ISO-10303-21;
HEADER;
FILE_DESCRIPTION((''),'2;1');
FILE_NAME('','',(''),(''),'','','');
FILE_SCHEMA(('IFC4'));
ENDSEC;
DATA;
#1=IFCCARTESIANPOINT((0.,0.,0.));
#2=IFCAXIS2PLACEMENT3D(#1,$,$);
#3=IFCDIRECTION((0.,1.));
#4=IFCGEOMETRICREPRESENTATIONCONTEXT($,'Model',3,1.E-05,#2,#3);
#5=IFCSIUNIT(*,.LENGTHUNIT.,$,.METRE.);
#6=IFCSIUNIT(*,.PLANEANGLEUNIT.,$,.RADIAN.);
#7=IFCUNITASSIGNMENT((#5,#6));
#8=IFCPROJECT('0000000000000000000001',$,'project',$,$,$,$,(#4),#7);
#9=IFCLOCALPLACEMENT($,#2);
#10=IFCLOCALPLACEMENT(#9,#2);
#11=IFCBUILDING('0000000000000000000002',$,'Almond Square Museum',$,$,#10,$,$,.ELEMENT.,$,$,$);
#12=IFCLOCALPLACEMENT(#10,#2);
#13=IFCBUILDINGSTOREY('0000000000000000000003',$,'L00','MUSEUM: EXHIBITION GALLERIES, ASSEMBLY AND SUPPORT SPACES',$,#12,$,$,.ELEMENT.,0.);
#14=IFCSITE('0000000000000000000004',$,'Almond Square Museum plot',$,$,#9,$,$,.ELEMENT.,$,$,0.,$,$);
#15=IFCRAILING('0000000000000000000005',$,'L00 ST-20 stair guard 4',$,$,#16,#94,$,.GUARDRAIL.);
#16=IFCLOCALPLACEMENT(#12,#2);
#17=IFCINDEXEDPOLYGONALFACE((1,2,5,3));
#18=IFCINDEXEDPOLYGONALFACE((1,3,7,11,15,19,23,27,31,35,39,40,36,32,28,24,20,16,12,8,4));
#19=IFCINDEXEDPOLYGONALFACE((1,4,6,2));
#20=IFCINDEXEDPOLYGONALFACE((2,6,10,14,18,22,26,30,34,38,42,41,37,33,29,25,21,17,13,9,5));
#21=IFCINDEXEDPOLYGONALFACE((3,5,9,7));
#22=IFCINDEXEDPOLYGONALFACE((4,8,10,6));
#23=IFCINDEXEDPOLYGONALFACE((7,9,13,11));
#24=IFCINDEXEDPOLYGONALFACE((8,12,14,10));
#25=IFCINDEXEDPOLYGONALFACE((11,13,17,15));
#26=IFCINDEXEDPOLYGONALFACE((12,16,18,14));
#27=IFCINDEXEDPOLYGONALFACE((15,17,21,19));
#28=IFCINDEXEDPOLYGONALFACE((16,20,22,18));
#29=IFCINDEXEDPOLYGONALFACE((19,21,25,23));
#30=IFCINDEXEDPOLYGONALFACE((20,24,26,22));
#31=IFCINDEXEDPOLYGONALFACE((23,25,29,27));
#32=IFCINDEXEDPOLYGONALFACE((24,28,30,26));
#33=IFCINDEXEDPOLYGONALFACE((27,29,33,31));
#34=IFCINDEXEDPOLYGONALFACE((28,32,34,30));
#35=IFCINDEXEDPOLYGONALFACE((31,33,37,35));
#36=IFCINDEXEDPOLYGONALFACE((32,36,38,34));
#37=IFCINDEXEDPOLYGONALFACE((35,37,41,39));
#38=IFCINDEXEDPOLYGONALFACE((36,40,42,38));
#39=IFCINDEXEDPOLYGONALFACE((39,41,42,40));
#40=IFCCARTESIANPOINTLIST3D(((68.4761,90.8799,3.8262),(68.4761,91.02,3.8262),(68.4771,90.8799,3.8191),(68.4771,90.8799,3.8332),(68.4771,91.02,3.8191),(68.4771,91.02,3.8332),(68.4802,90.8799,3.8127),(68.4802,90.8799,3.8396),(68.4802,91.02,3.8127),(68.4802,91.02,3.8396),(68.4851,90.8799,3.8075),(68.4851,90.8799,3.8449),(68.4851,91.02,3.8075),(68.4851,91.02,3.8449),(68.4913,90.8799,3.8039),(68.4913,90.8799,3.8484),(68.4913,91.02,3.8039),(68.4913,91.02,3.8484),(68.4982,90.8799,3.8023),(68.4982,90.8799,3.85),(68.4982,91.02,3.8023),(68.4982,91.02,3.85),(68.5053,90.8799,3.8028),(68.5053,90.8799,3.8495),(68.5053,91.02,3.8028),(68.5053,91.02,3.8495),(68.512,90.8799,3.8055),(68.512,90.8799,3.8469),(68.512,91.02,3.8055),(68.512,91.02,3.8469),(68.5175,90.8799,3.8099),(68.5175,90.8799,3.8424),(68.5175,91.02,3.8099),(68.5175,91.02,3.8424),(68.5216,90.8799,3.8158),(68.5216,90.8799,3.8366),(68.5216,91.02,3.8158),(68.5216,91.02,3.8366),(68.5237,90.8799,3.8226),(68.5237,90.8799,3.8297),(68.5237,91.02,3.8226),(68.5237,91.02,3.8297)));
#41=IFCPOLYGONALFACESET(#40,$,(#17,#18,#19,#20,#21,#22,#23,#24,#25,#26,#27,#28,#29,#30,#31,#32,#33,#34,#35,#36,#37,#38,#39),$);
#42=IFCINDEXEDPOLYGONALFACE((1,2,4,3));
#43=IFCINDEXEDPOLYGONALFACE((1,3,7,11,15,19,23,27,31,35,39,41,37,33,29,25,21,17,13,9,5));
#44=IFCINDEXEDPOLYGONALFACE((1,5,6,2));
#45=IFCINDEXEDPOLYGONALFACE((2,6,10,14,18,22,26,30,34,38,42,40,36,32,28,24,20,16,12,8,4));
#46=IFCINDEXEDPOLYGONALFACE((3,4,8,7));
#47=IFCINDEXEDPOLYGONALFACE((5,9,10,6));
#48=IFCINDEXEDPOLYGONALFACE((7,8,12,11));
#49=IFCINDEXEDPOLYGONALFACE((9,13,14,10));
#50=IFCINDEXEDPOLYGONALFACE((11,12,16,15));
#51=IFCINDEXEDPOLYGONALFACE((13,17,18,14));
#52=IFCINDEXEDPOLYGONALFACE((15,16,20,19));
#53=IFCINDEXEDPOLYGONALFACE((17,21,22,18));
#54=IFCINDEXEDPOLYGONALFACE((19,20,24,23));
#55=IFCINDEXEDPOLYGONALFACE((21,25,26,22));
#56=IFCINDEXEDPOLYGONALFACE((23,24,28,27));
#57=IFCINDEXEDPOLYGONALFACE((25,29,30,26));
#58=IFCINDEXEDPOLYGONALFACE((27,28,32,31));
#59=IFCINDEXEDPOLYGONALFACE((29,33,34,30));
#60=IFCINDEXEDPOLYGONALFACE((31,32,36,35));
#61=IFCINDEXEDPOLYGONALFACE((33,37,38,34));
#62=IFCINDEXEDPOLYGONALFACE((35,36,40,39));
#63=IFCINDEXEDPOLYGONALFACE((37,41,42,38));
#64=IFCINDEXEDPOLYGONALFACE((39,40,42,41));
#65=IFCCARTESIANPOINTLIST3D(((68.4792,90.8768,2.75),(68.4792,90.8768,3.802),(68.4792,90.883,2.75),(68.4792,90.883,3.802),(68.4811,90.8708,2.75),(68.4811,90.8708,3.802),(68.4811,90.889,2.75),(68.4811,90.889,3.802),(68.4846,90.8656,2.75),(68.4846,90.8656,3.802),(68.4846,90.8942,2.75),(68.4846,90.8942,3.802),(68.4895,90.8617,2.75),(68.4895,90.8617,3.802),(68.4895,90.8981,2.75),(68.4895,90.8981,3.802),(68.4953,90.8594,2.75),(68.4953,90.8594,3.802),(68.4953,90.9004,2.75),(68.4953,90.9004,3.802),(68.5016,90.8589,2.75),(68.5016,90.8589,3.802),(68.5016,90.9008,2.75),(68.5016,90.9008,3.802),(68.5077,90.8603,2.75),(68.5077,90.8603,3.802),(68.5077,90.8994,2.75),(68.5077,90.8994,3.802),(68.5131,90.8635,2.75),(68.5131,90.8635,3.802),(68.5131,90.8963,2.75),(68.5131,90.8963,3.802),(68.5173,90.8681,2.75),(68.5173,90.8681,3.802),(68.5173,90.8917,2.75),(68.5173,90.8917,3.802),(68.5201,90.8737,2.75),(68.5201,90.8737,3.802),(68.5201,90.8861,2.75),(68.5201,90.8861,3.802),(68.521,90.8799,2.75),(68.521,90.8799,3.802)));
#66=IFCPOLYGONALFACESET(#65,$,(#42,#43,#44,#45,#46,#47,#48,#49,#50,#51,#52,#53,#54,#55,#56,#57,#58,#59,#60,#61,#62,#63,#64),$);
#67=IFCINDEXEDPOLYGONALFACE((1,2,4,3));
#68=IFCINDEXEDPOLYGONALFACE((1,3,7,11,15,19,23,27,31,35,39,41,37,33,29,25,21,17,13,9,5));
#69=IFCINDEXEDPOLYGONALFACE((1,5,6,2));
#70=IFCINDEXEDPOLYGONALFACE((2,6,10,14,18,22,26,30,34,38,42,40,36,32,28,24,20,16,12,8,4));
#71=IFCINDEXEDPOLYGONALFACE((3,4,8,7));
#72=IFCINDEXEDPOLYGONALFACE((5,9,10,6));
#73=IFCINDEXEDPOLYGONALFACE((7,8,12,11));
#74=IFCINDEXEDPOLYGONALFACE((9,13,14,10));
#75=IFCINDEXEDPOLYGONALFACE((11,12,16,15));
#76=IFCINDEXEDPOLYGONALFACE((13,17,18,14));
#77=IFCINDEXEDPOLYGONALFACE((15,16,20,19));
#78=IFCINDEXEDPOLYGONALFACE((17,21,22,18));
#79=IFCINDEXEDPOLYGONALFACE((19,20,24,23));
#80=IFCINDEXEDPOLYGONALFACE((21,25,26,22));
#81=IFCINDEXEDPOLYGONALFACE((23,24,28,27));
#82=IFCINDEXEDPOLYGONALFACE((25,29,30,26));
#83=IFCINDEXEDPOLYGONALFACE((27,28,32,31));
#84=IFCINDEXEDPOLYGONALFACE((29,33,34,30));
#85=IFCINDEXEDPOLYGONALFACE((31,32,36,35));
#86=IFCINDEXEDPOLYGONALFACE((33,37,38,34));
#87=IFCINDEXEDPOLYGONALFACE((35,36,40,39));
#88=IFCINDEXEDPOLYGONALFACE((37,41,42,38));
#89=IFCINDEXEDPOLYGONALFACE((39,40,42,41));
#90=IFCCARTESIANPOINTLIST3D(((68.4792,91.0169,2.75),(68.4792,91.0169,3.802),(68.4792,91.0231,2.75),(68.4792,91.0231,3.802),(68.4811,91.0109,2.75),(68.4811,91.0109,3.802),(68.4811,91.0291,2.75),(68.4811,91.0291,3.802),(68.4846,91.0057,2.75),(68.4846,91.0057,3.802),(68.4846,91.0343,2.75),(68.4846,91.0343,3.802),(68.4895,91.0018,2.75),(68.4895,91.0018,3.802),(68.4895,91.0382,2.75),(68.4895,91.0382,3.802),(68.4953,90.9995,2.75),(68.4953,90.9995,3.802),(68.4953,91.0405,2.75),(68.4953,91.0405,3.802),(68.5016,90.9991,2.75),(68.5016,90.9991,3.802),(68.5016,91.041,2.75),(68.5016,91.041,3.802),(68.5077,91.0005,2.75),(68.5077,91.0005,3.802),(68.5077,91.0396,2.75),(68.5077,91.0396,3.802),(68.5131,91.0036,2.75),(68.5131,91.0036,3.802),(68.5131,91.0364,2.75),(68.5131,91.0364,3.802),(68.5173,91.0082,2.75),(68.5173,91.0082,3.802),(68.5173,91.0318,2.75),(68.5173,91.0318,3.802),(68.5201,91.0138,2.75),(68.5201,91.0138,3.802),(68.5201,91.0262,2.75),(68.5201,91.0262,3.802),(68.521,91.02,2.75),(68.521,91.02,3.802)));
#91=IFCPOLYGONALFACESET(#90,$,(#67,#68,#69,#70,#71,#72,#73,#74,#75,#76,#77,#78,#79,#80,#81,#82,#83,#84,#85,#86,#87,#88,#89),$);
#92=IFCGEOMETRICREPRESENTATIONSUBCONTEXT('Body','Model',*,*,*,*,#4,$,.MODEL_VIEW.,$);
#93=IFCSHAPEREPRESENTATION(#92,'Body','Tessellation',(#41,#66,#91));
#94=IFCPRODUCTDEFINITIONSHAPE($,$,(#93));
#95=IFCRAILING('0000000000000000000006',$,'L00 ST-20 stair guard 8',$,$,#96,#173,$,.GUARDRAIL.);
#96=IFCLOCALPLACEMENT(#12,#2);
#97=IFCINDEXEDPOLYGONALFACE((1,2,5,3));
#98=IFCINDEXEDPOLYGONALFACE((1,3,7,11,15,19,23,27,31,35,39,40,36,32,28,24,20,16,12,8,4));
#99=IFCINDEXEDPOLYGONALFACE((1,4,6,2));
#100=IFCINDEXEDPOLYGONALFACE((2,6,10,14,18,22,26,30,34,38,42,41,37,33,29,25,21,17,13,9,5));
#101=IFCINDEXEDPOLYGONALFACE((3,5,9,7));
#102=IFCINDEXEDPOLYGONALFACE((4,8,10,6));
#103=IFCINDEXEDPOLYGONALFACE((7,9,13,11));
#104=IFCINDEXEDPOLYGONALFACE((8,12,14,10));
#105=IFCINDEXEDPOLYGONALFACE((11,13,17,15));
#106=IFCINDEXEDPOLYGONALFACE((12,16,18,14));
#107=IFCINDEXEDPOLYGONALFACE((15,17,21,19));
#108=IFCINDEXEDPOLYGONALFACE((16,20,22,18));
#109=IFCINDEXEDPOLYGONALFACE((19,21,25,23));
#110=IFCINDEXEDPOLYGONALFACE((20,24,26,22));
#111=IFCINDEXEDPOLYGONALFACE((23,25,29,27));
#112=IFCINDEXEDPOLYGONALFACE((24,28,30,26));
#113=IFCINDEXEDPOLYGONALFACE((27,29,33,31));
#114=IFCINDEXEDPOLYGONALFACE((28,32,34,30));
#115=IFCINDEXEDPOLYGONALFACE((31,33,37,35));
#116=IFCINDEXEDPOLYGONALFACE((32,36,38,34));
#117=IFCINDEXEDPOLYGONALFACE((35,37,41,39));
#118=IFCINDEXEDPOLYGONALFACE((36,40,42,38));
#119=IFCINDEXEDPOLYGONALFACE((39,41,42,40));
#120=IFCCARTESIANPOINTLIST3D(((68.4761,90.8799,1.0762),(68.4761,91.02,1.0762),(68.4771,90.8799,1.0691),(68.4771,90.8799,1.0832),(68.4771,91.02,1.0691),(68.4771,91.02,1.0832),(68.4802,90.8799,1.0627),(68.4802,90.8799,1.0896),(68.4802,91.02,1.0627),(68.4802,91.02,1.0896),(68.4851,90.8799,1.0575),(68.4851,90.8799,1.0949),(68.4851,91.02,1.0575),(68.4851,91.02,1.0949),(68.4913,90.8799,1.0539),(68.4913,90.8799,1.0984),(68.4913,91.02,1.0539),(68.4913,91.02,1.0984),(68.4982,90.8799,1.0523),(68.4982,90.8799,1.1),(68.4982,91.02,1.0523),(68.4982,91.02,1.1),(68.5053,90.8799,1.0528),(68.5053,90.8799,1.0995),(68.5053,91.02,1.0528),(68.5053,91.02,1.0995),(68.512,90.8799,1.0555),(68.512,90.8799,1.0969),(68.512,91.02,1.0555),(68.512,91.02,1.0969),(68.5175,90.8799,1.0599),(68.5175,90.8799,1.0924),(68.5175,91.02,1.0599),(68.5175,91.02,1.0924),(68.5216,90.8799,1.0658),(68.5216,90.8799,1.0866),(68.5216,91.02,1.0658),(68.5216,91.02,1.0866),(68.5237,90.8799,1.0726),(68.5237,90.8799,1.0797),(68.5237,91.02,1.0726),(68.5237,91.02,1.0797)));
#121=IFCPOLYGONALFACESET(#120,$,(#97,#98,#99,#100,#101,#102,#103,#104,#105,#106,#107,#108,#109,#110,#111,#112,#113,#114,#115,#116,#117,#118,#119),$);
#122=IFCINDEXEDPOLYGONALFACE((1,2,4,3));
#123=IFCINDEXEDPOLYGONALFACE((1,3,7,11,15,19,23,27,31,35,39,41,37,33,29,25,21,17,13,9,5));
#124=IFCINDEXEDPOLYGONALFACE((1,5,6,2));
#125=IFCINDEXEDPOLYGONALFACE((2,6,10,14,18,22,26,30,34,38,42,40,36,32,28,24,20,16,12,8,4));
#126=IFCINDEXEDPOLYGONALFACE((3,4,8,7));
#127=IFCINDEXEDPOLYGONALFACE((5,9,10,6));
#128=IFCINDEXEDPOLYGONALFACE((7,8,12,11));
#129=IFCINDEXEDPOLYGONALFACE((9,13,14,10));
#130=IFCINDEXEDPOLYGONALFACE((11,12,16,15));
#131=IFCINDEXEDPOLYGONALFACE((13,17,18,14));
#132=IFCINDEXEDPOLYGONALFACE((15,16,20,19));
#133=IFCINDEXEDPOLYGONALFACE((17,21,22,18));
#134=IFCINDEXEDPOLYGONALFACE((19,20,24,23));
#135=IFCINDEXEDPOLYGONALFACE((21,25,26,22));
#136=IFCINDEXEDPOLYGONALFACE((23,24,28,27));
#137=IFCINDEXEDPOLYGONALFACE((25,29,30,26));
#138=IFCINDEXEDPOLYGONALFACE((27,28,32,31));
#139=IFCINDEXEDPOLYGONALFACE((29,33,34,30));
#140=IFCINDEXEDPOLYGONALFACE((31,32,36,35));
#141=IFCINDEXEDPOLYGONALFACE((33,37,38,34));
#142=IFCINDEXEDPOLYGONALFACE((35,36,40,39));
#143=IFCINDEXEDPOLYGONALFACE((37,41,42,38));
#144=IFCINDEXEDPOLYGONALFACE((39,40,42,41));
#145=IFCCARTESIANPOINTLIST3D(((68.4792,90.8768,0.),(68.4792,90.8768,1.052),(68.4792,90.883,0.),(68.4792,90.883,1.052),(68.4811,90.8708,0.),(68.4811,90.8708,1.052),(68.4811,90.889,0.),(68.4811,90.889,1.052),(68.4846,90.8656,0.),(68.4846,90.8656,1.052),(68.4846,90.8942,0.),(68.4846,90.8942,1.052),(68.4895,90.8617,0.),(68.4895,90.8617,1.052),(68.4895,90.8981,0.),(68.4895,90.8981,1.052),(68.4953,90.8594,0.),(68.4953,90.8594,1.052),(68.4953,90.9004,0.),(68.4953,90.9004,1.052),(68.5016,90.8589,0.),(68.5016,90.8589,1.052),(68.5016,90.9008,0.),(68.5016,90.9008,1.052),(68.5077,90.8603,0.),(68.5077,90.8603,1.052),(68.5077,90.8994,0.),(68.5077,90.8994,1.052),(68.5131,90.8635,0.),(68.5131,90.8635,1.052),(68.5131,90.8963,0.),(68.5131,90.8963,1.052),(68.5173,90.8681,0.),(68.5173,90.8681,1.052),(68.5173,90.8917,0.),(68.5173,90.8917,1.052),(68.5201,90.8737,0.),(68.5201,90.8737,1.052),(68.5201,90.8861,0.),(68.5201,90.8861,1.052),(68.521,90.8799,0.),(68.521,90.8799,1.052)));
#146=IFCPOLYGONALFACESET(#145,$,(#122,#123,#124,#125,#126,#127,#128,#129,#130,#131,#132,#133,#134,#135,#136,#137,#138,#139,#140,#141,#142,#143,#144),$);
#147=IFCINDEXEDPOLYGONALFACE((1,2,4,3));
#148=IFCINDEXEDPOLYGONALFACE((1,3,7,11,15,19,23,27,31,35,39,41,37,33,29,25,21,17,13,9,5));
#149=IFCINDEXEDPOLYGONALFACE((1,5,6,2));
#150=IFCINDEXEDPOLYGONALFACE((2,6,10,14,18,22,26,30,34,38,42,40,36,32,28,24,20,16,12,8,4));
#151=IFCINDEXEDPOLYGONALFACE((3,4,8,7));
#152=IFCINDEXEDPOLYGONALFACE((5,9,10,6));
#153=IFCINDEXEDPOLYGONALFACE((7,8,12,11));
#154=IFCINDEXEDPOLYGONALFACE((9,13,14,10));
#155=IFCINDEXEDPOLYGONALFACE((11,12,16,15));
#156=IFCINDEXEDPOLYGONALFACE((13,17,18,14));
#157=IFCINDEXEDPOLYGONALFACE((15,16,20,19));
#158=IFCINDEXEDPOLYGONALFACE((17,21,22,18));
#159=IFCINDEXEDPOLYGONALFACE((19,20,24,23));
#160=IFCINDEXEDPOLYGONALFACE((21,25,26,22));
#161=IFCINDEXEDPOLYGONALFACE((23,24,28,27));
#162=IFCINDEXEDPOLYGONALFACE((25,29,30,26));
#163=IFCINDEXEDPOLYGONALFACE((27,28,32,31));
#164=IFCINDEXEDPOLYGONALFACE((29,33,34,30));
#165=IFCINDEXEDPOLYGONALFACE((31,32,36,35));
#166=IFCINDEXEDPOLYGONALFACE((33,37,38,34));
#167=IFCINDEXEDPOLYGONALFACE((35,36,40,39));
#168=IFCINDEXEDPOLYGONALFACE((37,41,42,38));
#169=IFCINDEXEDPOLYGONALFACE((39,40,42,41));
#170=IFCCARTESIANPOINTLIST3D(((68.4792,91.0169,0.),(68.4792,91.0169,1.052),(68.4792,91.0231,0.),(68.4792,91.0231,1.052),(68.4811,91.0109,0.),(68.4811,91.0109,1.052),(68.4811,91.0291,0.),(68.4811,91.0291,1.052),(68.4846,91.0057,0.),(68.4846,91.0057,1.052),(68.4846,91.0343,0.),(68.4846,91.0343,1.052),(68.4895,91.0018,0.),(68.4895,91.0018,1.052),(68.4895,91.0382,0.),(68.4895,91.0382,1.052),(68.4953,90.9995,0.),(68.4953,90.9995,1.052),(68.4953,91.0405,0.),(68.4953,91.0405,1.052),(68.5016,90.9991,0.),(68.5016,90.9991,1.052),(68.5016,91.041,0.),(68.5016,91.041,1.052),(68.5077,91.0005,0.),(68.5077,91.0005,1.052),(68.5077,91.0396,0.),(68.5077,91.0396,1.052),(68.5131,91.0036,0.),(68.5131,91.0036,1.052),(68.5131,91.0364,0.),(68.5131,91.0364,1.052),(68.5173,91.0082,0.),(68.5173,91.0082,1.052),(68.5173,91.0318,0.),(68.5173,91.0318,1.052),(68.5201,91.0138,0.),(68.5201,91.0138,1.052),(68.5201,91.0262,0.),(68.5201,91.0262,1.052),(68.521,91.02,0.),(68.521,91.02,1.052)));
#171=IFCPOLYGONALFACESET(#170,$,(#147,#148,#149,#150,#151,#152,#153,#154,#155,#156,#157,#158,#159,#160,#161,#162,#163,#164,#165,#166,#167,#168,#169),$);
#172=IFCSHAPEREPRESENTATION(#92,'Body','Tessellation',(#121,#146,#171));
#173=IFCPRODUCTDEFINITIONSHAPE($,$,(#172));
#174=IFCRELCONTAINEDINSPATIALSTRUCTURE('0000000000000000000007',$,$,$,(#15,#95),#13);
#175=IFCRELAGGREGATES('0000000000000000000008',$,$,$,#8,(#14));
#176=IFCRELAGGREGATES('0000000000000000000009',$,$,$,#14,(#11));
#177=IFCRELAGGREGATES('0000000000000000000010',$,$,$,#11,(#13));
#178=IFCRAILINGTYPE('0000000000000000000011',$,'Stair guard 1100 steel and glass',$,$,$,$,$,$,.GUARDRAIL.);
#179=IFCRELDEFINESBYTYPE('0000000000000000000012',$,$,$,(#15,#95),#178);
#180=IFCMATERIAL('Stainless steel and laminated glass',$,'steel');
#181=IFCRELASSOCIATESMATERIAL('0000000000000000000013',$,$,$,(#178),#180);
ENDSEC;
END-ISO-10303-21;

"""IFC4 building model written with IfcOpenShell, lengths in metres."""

from ifc_helpers import new_model, si_unit, direction, frame, origin, origin_2d, place, context, subcontext, project, spatial, circle, extrude, material, type_object, element, save


model = new_model("IFC4")

# Units and contexts
model_context = context("Model", 3, precision=1e-05, world=origin(), true_north=direction((0.0, 1.0)))
body_context = subcontext(model_context, "Body", "Model", "MODEL_VIEW")
ifc_project = project(units=[si_unit("LENGTHUNIT", "METRE"), si_unit("PLANEANGLEUNIT", "RADIAN")], contexts=[model_context])

# Site, building, storey
site_placement = place(None, origin())
site = spatial("IfcSite", under=ifc_project, at=site_placement, Name="Almond Square Museum plot", CompositionType="ELEMENT", RefElevation=0.0)
building_placement = place(site_placement, origin())
building = spatial("IfcBuilding", under=site, at=building_placement, Name="Almond Square Museum", CompositionType="ELEMENT")
storey_placement = place(building_placement, origin())
storey = spatial("IfcBuildingStorey", under=building, at=storey_placement, Name="L00", Description="MUSEUM: EXHIBITION GALLERIES, ASSEMBLY AND SUPPORT SPACES", CompositionType="ELEMENT", Elevation=0.0)

# Railings
ifc_material_1 = material(Name="Stainless steel and laminated glass", Category="steel")
railing_type = type_object("IfcRailingType", Name="Stair guard 1100 steel and glass", PredefinedType="GUARDRAIL", material=ifc_material_1)
for number, where, name in (
    (1, (68.5, 90.8799, 2.75), "L00 ST-20 stair guard 4"),
    (2, (68.5, 90.8799, 0.0), "L00 ST-20 stair guard 8"),
):
    element("IfcRailing", number, at=place(storey_placement, frame(where)), inside=storey, type_object=railing_type, Name=name, PredefinedType="GUARDRAIL", context=body_context, shape_type="SweptSolid", body=[
        extrude(circle(Radius=0.0239, at=origin_2d()), frame((0.0, 0.0, 1.0762), z_axis=(0.0, 1.0, 0.0), x_axis=(-1.0, 0.0, 0.0)), (0.0, 0.0, 1.0), 0.1401),
        extrude(circle(Radius=0.021, at=origin_2d()), origin(), (0.0, 0.0, 1.0), 1.052),
        extrude(circle(Radius=0.021, at=origin_2d()), frame((0.0, 0.1401, 0.0)), (0.0, 0.0, 1.0), 1.052),
    ])

save(model, "model.ifc")
